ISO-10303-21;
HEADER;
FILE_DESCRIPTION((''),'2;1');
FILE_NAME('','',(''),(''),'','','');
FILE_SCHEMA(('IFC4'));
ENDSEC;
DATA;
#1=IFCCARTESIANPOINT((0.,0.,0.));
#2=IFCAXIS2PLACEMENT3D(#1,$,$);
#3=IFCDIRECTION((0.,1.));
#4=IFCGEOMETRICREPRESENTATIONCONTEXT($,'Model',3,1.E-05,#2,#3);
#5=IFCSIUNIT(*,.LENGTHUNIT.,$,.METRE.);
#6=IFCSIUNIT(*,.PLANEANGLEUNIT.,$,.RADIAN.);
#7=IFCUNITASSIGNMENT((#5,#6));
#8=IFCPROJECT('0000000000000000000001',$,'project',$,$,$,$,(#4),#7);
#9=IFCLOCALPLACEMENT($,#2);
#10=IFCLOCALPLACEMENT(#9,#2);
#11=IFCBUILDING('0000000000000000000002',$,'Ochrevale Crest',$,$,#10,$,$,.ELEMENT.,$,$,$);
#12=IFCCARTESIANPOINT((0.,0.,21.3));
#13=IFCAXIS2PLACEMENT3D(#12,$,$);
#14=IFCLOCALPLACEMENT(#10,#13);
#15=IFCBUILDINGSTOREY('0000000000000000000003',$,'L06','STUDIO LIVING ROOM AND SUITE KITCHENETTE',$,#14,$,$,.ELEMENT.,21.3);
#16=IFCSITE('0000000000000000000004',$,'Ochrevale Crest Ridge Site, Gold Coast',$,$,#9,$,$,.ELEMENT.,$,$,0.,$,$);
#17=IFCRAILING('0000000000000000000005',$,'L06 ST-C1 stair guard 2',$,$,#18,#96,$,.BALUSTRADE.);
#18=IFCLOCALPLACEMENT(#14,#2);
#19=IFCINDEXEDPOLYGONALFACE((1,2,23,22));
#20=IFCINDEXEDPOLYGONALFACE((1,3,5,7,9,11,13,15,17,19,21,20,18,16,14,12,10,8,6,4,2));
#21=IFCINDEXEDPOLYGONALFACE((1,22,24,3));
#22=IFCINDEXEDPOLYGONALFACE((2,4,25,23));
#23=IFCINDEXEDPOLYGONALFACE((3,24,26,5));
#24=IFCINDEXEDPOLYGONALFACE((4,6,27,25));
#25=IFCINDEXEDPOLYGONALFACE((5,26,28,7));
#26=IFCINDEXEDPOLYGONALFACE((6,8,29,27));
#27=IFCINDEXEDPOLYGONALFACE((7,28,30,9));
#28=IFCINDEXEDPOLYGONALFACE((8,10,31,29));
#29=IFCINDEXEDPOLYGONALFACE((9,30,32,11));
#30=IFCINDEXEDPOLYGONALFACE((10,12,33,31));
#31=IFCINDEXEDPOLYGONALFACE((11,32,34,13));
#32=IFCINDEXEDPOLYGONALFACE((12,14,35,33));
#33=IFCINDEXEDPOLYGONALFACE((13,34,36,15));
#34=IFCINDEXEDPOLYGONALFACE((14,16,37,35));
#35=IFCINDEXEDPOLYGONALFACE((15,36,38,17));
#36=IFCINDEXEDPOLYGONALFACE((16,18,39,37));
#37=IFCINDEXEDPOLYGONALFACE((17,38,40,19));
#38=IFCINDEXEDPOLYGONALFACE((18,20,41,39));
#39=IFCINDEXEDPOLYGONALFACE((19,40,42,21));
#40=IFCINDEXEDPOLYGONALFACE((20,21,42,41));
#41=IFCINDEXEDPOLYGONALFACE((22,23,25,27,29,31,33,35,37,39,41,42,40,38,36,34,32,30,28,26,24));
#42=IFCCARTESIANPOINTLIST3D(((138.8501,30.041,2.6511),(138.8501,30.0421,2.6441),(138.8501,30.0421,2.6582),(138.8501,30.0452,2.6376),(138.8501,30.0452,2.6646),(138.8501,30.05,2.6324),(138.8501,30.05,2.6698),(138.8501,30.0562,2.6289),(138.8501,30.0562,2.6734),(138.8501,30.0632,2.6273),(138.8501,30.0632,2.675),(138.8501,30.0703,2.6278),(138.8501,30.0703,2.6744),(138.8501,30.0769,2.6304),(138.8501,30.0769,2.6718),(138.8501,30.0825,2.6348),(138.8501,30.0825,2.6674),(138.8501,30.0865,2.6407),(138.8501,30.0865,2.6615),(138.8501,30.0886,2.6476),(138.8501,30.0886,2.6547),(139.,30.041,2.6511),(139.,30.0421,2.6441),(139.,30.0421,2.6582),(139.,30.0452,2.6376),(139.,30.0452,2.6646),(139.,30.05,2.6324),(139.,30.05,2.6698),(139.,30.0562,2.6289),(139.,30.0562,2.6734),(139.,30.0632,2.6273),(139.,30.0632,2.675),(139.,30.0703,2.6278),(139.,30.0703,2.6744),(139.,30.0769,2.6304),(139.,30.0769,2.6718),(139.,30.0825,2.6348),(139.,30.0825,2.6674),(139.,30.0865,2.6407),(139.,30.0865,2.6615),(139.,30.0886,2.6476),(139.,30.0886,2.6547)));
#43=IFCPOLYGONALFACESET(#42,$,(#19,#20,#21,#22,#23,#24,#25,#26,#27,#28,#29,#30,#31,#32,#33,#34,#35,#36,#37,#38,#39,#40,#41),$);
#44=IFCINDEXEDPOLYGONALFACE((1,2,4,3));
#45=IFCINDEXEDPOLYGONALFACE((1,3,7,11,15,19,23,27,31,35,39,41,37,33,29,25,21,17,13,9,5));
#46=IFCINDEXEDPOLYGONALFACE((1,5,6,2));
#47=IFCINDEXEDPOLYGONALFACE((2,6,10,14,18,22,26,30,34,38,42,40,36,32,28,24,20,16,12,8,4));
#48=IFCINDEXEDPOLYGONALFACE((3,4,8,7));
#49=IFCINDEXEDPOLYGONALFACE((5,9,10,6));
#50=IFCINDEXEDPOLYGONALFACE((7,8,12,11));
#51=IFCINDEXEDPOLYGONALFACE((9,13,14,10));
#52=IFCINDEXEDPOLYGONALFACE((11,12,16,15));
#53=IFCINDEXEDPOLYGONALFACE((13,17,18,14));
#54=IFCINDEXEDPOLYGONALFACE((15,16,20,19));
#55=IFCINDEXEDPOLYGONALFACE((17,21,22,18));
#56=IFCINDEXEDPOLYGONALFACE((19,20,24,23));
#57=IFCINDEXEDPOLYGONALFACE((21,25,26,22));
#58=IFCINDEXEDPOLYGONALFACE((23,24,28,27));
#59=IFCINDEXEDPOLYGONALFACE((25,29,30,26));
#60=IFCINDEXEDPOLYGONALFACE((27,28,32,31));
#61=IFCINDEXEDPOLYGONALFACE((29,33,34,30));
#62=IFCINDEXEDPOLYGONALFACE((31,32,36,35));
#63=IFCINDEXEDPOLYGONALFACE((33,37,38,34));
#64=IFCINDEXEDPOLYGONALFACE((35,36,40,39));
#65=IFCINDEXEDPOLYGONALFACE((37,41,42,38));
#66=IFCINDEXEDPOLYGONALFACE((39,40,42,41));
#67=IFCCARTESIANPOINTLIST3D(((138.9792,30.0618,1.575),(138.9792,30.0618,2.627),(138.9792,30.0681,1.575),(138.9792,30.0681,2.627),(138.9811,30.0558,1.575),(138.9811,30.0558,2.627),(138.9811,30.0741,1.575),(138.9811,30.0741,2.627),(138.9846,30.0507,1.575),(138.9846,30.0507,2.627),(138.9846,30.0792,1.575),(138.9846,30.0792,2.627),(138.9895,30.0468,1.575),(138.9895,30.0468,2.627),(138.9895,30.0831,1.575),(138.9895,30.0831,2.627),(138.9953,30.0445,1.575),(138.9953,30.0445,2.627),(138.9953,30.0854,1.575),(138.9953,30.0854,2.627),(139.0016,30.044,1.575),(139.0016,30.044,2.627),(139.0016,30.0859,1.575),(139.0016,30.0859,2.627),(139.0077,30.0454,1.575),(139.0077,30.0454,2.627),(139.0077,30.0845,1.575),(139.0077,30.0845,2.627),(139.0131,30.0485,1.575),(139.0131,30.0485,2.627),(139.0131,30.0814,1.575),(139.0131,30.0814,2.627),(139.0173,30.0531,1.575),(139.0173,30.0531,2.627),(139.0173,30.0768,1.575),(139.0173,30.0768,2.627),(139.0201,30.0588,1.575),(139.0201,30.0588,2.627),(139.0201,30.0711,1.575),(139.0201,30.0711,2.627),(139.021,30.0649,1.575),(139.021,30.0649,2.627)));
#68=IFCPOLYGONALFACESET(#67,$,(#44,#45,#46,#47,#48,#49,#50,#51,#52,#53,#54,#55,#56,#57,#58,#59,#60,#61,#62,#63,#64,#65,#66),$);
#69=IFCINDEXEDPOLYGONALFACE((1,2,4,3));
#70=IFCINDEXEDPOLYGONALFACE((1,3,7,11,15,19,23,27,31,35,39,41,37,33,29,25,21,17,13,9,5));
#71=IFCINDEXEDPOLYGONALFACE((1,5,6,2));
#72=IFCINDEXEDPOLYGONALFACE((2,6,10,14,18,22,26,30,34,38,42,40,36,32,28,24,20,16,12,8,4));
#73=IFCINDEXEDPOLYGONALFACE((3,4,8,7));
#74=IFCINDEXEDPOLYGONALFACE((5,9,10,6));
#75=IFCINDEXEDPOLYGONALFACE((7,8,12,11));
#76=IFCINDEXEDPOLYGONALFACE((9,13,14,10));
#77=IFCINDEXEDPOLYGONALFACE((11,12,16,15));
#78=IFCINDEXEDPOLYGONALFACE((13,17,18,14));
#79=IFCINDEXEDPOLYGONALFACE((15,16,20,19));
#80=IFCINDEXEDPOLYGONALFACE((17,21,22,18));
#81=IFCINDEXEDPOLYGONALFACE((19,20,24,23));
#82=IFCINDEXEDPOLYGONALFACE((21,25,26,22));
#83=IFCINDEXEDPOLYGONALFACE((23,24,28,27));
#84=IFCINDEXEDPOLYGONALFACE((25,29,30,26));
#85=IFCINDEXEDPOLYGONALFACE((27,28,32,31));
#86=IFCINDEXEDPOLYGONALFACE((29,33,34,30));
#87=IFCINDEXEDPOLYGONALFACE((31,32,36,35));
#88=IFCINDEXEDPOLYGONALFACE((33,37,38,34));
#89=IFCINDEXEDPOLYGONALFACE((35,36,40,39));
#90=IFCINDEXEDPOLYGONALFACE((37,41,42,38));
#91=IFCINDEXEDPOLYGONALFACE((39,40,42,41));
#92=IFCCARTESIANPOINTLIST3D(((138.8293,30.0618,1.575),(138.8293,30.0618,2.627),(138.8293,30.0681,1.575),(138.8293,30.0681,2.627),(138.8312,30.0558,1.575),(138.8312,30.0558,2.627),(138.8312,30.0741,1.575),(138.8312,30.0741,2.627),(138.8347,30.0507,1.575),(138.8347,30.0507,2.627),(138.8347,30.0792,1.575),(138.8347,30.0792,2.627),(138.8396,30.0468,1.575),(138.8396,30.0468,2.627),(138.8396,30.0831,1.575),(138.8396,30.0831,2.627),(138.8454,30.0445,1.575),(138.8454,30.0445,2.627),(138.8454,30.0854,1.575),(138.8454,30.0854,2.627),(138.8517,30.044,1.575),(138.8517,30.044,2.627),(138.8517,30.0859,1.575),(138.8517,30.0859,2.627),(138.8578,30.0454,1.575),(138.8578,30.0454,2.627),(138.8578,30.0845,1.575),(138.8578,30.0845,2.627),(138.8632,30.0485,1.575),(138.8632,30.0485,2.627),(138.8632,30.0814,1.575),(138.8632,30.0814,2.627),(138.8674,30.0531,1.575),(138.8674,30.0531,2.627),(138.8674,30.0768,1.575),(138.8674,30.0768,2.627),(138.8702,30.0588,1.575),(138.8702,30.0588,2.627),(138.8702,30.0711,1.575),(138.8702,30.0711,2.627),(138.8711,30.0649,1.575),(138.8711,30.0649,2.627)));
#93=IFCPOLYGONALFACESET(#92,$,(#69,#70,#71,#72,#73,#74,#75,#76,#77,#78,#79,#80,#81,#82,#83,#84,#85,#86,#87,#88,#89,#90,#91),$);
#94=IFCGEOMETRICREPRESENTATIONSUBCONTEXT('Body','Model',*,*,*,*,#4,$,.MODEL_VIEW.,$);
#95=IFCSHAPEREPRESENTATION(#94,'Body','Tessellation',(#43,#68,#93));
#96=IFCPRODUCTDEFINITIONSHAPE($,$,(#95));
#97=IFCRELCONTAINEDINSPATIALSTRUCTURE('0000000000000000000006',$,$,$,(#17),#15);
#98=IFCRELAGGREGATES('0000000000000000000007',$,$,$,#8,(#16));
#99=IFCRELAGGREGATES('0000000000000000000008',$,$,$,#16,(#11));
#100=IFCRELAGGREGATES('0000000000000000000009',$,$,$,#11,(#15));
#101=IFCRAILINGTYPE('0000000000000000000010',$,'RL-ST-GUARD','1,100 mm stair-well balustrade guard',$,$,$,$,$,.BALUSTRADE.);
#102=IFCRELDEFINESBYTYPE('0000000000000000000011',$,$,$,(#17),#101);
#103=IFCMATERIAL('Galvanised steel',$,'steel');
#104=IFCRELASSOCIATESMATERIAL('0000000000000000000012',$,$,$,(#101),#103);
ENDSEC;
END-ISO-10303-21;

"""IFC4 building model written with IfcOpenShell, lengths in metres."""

from ifc_helpers import new_model, si_unit, direction, frame, origin, origin_2d, place, context, subcontext, project, spatial, circle, extrude, material, type_object, element, save


model = new_model("IFC4")

# Units and contexts
model_context = context("Model", 3, precision=1e-05, world=origin(), true_north=direction((0.0, 1.0)))
body_context = subcontext(model_context, "Body", "Model", "MODEL_VIEW")
ifc_project = project(units=[si_unit("LENGTHUNIT", "METRE"), si_unit("PLANEANGLEUNIT", "RADIAN")], contexts=[model_context])

# Site, building, storey
site_placement = place(None, origin())
site = spatial("IfcSite", under=ifc_project, at=site_placement, Name="Ochrevale Crest Ridge Site, Gold Coast", CompositionType="ELEMENT", RefElevation=0.0)
building_placement = place(site_placement, origin())
building = spatial("IfcBuilding", under=site, at=building_placement, Name="Ochrevale Crest", CompositionType="ELEMENT")
storey_placement = place(building_placement, frame((0.0, 0.0, 21.3)))
storey = spatial("IfcBuildingStorey", under=building, at=storey_placement, Name="L06", Description="STUDIO LIVING ROOM AND SUITE KITCHENETTE", CompositionType="ELEMENT", Elevation=21.3)

# Railing
ifc_material_1 = material(Name="Galvanised steel", Category="steel")
railing_type_1 = type_object("IfcRailingType", Name="RL-ST-GUARD", Description="1,100 mm stair-well balustrade guard", PredefinedType="BALUSTRADE", material=ifc_material_1)
railing_1_placement = place(storey_placement, frame((139.0, 30.0649, 1.575)))
element("IfcRailing", 1, at=railing_1_placement, inside=storey, type_object=railing_type_1, Name="L06 ST-C1 stair guard 2", PredefinedType="BALUSTRADE", context=body_context, shape_type="SweptSolid", body=[
    extrude(circle(Radius=0.0239, at=origin_2d()), frame((0.0, 0.0, 1.0762), z_axis=(-1.0, 0.0, 0.0), x_axis=(0.0, -1.0, 0.0)), (0.0, 0.0, 1.0), 0.1499),
    extrude(circle(Radius=0.021, at=origin_2d()), origin(), (0.0, 0.0, 1.0), 1.052),
    extrude(circle(Radius=0.021, at=origin_2d()), frame((-0.1499, 0.0, 0.0)), (0.0, 0.0, 1.0), 1.052),
])

save(model, "model.ifc")
